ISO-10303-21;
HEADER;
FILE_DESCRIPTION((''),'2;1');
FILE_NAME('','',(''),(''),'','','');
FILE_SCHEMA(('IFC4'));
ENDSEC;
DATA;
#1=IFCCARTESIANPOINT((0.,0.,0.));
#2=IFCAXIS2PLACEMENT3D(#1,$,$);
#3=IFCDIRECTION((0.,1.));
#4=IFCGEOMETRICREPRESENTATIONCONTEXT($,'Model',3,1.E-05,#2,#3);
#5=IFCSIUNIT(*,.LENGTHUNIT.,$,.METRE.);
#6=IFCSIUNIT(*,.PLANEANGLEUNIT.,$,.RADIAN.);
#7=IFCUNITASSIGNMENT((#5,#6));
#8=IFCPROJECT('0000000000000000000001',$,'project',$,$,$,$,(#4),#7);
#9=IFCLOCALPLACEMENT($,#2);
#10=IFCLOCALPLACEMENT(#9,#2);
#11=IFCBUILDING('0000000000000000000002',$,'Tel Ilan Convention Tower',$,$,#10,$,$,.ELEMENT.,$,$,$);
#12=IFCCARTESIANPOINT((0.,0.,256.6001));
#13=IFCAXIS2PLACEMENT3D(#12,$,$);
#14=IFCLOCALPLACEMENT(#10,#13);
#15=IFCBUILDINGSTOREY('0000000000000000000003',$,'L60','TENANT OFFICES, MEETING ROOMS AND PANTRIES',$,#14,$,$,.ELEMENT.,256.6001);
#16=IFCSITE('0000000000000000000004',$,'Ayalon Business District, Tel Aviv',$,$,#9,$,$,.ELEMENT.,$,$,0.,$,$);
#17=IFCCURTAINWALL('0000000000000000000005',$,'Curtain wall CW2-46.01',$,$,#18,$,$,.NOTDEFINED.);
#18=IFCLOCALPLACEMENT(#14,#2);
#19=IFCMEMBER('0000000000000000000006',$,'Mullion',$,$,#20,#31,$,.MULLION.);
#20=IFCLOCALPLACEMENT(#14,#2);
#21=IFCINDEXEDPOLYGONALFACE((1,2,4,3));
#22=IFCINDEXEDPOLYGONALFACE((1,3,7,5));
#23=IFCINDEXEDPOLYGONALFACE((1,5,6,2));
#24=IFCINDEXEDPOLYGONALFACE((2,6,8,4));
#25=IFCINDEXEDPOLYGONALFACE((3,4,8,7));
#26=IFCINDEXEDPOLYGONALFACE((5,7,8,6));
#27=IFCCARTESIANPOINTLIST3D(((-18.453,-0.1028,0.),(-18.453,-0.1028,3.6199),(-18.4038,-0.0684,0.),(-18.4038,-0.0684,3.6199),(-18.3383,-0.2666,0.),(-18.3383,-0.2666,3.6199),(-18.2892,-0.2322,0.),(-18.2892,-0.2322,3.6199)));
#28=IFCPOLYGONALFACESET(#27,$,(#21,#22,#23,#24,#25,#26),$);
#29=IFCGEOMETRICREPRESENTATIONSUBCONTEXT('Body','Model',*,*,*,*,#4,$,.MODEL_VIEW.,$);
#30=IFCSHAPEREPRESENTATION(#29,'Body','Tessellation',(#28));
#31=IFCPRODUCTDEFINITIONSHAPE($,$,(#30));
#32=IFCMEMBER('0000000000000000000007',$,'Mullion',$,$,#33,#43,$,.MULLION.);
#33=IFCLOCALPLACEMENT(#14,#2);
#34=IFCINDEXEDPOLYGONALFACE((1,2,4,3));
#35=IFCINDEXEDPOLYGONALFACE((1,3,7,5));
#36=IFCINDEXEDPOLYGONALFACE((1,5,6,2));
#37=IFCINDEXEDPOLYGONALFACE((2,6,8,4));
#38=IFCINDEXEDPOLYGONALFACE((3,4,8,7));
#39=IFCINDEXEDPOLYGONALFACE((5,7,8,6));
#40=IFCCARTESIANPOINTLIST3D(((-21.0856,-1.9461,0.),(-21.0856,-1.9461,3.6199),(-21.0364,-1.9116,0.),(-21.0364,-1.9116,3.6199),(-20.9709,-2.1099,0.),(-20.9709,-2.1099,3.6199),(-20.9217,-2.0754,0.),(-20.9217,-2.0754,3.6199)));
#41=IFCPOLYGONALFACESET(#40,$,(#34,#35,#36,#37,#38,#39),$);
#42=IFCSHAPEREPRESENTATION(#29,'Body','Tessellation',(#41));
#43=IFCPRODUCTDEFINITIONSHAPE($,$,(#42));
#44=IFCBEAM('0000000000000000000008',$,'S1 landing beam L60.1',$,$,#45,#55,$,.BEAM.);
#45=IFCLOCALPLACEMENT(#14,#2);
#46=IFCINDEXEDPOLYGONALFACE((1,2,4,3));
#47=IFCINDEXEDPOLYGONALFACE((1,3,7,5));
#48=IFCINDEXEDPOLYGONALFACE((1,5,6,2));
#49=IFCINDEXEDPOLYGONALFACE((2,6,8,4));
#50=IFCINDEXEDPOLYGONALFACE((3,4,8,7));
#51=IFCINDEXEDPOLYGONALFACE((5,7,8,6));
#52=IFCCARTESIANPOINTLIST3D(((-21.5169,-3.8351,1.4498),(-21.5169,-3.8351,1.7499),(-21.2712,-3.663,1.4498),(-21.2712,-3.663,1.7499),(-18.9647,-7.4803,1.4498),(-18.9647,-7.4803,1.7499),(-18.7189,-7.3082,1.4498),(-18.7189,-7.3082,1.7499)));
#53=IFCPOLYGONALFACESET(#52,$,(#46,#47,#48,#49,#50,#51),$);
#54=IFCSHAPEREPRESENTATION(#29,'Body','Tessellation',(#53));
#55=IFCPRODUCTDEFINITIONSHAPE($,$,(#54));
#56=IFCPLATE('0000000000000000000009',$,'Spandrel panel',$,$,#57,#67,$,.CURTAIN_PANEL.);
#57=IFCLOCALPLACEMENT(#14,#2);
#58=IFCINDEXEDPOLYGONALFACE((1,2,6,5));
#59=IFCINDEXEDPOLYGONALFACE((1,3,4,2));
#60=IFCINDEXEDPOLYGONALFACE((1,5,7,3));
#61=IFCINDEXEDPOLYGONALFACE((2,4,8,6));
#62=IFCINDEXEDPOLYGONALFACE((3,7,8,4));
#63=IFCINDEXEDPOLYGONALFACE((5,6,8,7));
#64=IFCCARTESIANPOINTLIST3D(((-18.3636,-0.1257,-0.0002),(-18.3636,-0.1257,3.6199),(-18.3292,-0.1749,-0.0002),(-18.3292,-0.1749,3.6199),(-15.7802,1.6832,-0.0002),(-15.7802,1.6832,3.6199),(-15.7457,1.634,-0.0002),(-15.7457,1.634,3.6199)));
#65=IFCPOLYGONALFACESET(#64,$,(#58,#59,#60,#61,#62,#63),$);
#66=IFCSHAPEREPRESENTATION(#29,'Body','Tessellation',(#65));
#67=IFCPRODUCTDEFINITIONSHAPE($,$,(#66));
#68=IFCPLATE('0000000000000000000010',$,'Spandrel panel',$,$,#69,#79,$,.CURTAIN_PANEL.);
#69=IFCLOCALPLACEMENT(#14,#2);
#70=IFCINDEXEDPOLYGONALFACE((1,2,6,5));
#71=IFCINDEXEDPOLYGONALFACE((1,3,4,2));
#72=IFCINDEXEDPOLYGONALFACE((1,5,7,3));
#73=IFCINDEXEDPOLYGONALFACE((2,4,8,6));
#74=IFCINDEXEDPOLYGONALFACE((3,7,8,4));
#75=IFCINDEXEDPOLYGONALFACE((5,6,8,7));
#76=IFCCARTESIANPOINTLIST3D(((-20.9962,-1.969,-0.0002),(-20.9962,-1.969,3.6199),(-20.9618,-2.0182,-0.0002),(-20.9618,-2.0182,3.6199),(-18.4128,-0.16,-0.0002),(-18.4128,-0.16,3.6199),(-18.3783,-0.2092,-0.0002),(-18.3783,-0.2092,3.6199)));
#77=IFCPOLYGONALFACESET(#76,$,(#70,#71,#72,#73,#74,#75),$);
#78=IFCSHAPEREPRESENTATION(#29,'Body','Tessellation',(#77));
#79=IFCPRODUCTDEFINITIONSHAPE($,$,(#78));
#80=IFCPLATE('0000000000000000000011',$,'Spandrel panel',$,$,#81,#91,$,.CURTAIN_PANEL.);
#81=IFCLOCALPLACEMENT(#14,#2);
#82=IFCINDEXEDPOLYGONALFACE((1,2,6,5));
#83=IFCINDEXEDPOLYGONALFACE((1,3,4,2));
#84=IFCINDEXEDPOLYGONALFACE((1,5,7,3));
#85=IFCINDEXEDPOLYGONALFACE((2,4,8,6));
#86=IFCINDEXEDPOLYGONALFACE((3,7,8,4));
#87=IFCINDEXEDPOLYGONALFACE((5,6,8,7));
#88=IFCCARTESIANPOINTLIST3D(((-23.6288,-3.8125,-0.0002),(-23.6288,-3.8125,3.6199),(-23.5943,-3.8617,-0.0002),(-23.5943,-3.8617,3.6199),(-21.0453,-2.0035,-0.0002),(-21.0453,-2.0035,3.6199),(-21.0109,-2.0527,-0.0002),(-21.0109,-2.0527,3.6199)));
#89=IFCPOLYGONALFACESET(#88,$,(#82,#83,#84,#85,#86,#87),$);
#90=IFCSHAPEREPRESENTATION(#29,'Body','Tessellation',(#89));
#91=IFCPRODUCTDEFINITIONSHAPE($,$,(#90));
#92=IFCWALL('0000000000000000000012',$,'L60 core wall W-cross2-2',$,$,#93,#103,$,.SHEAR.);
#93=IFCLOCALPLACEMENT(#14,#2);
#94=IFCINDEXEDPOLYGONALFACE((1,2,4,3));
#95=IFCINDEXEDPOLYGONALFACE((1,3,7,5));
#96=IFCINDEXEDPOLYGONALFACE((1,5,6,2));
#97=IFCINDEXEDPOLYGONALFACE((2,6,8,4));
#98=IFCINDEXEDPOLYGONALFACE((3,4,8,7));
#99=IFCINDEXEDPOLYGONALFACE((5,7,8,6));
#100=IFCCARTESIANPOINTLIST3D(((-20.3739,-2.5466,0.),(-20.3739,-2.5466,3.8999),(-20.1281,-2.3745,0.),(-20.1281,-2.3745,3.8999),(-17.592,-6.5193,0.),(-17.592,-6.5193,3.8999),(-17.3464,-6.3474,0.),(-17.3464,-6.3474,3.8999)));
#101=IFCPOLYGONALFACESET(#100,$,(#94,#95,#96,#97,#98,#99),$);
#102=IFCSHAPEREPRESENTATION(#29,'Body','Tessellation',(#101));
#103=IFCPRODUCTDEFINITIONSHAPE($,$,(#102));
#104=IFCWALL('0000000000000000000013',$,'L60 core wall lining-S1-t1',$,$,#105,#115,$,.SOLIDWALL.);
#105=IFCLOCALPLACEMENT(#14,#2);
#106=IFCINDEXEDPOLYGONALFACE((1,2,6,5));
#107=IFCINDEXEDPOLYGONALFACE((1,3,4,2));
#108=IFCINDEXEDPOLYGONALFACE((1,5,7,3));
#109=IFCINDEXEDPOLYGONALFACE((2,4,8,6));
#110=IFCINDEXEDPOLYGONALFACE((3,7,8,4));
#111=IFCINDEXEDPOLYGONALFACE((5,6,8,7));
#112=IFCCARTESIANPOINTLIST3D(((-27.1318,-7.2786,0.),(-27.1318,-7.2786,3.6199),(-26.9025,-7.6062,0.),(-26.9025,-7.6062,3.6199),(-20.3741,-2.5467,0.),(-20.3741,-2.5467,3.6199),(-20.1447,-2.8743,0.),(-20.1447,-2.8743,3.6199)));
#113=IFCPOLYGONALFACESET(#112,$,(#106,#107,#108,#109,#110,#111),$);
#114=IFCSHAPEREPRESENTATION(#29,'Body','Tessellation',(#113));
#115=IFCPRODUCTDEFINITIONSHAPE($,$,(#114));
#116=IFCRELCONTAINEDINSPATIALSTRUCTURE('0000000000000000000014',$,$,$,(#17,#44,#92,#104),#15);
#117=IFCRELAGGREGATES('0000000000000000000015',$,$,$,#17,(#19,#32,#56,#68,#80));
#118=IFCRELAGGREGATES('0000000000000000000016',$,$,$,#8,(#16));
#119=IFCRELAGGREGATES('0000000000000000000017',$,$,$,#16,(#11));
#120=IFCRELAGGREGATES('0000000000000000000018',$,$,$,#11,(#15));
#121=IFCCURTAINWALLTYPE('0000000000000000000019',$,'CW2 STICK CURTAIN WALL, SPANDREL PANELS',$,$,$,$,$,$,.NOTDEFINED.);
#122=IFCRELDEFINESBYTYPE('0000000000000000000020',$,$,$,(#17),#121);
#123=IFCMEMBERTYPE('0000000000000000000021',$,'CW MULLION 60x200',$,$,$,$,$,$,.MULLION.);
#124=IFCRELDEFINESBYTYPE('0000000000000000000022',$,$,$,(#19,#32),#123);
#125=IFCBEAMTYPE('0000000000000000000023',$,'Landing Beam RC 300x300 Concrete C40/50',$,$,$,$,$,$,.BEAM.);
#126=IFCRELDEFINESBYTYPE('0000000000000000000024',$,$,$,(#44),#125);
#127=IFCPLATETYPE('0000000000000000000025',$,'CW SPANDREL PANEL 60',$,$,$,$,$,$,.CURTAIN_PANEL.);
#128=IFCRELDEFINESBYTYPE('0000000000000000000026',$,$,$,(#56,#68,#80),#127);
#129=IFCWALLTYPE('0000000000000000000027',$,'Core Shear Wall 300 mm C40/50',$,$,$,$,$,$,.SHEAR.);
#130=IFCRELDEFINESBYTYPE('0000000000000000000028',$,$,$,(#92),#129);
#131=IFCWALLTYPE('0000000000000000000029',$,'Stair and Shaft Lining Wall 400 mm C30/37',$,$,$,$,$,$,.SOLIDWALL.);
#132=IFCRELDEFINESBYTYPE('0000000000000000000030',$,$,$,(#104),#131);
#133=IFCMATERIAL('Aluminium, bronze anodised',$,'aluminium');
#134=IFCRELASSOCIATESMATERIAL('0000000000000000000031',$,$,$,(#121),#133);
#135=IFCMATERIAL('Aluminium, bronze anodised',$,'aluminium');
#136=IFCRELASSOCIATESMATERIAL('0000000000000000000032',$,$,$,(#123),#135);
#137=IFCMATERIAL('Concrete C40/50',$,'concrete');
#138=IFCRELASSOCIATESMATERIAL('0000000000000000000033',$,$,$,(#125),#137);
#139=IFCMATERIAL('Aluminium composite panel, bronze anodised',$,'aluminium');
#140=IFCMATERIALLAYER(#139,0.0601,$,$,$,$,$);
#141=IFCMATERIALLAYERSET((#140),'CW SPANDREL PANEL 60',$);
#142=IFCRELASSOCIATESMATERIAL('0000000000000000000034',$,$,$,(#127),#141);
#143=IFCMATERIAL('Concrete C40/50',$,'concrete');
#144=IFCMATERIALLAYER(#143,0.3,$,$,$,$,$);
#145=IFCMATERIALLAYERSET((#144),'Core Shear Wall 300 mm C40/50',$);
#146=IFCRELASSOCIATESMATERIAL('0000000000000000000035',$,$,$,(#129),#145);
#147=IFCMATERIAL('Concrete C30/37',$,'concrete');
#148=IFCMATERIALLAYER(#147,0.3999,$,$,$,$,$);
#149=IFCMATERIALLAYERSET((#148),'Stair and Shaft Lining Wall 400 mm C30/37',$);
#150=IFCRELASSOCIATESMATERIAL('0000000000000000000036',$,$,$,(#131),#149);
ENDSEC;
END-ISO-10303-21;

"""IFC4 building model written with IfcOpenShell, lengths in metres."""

from ifc_helpers import new_model, si_unit, direction, frame, frame_2d, origin, origin_2d, place, context, subcontext, project, spatial, polyline, rectangle, outline, extrude, material, layer, layer_set, material_profile, profile_set, type_object, element, aggregate, save


model = new_model("IFC4")

# Units and contexts
model_context = context("Model", 3, precision=1e-05, world=origin(), true_north=direction((0.0, 1.0)))
body_context = subcontext(model_context, "Body", "Model", "MODEL_VIEW")
ifc_project = project(units=[si_unit("LENGTHUNIT", "METRE"), si_unit("PLANEANGLEUNIT", "RADIAN")], contexts=[model_context])

# Site, building, storey
site_placement = place(None, origin())
site = spatial("IfcSite", under=ifc_project, at=site_placement, Name="Ayalon Business District, Tel Aviv", CompositionType="ELEMENT", RefElevation=0.0)
building_placement = place(site_placement, origin())
building = spatial("IfcBuilding", under=site, at=building_placement, Name="Tel Ilan Convention Tower", CompositionType="ELEMENT")
storey_placement = place(building_placement, frame((0.0, 0.0, 256.6001)))
storey = spatial("IfcBuildingStorey", under=building, at=storey_placement, Name="L60", Description="TENANT OFFICES, MEETING ROOMS AND PANTRIES", CompositionType="ELEMENT", Elevation=256.6001)

# Curtain wall, members
ifc_material_1 = material(Name="Aluminium, bronze anodised", Category="aluminium")
curtain_wall_type = type_object("IfcCurtainWallType", Name="CW2 STICK CURTAIN WALL, SPANDREL PANELS", PredefinedType="NOTDEFINED", material=ifc_material_1)
curtain_wall_placement = place(storey_placement, origin())
curtain_wall = element("IfcCurtainWall", 1, at=curtain_wall_placement, inside=storey, type_object=curtain_wall_type, Name="Curtain wall CW2-46.01", PredefinedType="NOTDEFINED")
ifc_material_2 = material(Name="Aluminium, bronze anodised", Category="aluminium")
ifc_material_profile_1 = material_profile(ifc_material_2, rectangle(XDim=0.0601, YDim=0.2, at=origin_2d()), Name="CW MULLION 60x200")
ifc_profile_set_1 = profile_set([ifc_material_profile_1], Name="Aluminium, bronze anodised")
member_type = type_object("IfcMemberType", Name="CW MULLION 60x200", PredefinedType="MULLION", material=ifc_profile_set_1)
member_1_placement = place(storey_placement, frame((-18.3711, -0.1675, 0.0), z_axis=(0.0, 0.0, 1.0), x_axis=(-0.819152, -0.573576, 0.0)))
member_1 = element("IfcMember", 2, at=member_1_placement, type_object=member_type, Name="Mullion", PredefinedType="MULLION", context=body_context, shape_type="SweptSolid", body=[
    extrude(rectangle(XDim=0.0601, YDim=0.2, at=origin_2d()), origin(), (0.0, 0.0, 1.0), 3.6199),
])
member_2_placement = place(storey_placement, frame((-21.0037, -2.0107, 0.0), z_axis=(0.0, 0.0, 1.0), x_axis=(-0.819152, -0.573576, 0.0)))
member_2 = element("IfcMember", 3, at=member_2_placement, type_object=member_type, Name="Mullion", PredefinedType="MULLION", context=body_context, shape_type="SweptSolid", body=[
    extrude(rectangle(XDim=0.0601, YDim=0.2, at=origin_2d()), origin(), (0.0, 0.0, 1.0), 3.6199),
])

# Beam
ifc_material_3 = material(Name="Concrete C40/50", Category="concrete")
ifc_material_profile_2 = material_profile(ifc_material_3, rectangle(XDim=0.3, YDim=0.3, at=origin_2d()), Name="RC 300x300")
ifc_profile_set_2 = profile_set([ifc_material_profile_2], Name="Concrete C40/50")
beam_type = type_object("IfcBeamType", Name="Landing Beam RC 300x300 Concrete C40/50", PredefinedType="BEAM", material=ifc_profile_set_2)
beam_placement = place(storey_placement, frame((-18.8418, -7.3943, 1.5999), z_axis=(-0.573547, 0.819173, 0.0), x_axis=(-0.819173, -0.573547, 0.0)))
element("IfcBeam", 4, at=beam_placement, inside=storey, type_object=beam_type, Name="S1 landing beam L60.1", PredefinedType="BEAM", context=body_context, shape_type="SweptSolid", body=[
    extrude(rectangle(XDim=0.3, YDim=0.3, at=origin_2d()), origin(), (0.0, 0.0, 1.0), 4.45),
])

# Plates
ifc_material_4 = material(Name="Aluminium composite panel, bronze anodised", Category="aluminium")
ifc_layer_1 = layer(ifc_material_4, 0.0601)
ifc_layer_set_1 = layer_set([ifc_layer_1], Name="CW SPANDREL PANEL 60")
plate_type = type_object("IfcPlateType", Name="CW SPANDREL PANEL 60", PredefinedType="CURTAIN_PANEL", material=ifc_layer_set_1)
plate_1_placement = place(storey_placement, frame((-17.0547, 0.7542, -0.0002), z_axis=(0.0, 0.0, 1.0), x_axis=(-0.819152, -0.573576, 0.0)))
plate_1 = element("IfcPlate", 5, at=plate_1_placement, type_object=plate_type, Name="Spandrel panel", PredefinedType="CURTAIN_PANEL", context=body_context, shape_type="SweptSolid", body=[
    extrude(rectangle(XDim=3.1538, YDim=0.0601, at=origin_2d()), origin(), (0.0, 0.0, 1.0), 3.6201),
])
plate_2_placement = place(storey_placement, frame((-19.6873, -1.0891, -0.0002), z_axis=(0.0, 0.0, 1.0), x_axis=(-0.819152, -0.573576, 0.0)))
plate_2 = element("IfcPlate", 6, at=plate_2_placement, type_object=plate_type, Name="Spandrel panel", PredefinedType="CURTAIN_PANEL", context=body_context, shape_type="SweptSolid", body=[
    extrude(rectangle(XDim=3.1538, YDim=0.0601, at=origin_2d()), origin(), (0.0, 0.0, 1.0), 3.6201),
])
plate_3_placement = place(storey_placement, frame((-22.3198, -2.9326, -0.0002), z_axis=(0.0, 0.0, 1.0), x_axis=(-0.819152, -0.573576, 0.0)))
plate_3 = element("IfcPlate", 7, at=plate_3_placement, type_object=plate_type, Name="Spandrel panel", PredefinedType="CURTAIN_PANEL", context=body_context, shape_type="SweptSolid", body=[
    extrude(rectangle(XDim=3.1538, YDim=0.0601, at=origin_2d()), origin(), (0.0, 0.0, 1.0), 3.6201),
])
aggregate(curtain_wall, [member_1, member_2, plate_1, plate_2, plate_3])

# Walls
ifc_material_5 = material(Name="Concrete C40/50", Category="concrete")
ifc_layer_2 = layer(ifc_material_5, 0.3)
ifc_layer_set_2 = layer_set([ifc_layer_2], Name="Core Shear Wall 300 mm C40/50")
wall_type_1 = type_object("IfcWallType", Name="Core Shear Wall 300 mm C40/50", PredefinedType="SHEAR", material=ifc_layer_set_2)
wall_1_placement = place(storey_placement, frame((-17.4692, -6.4333, 0.0), z_axis=(0.0, 0.0, 1.0), x_axis=(-0.573594, 0.81914, 0.0)))
element("IfcWall", 8, at=wall_1_placement, inside=storey, type_object=wall_type_1, Name="L60 core wall W-cross2-2", PredefinedType="SHEAR", context=body_context, shape_type="SweptSolid", body=[
    extrude(outline(polyline([(4.8499, -0.1501), (4.8499, 0.1499), (0.0, 0.1499), (0.0, -0.1499), (4.8499, -0.1501)])), origin(), (0.0, 0.0, 1.0), 3.8999),
])
ifc_material_6 = material(Name="Concrete C30/37", Category="concrete")
ifc_layer_3 = layer(ifc_material_6, 0.3999)
ifc_layer_set_3 = layer_set([ifc_layer_3], Name="Stair and Shaft Lining Wall 400 mm C30/37")
wall_type_2 = type_object("IfcWallType", Name="Stair and Shaft Lining Wall 400 mm C30/37", PredefinedType="SOLIDWALL", material=ifc_layer_set_3)
wall_2_placement = place(storey_placement, frame((-20.2593, -2.7104, 0.0), z_axis=(0.0, 0.0, 1.0), x_axis=(-0.819148, -0.573582, 0.0)))
element("IfcWall", 9, at=wall_2_placement, inside=storey, type_object=wall_type_2, Name="L60 core wall lining-S1-t1", PredefinedType="SOLIDWALL", context=body_context, shape_type="SweptSolid", body=[
    extrude(rectangle(XDim=8.2498, YDim=0.3999, at=frame_2d((4.125, 0.0))), origin(), (0.0, 0.0, 1.0), 3.6199),
])

save(model, "model.ifc")
